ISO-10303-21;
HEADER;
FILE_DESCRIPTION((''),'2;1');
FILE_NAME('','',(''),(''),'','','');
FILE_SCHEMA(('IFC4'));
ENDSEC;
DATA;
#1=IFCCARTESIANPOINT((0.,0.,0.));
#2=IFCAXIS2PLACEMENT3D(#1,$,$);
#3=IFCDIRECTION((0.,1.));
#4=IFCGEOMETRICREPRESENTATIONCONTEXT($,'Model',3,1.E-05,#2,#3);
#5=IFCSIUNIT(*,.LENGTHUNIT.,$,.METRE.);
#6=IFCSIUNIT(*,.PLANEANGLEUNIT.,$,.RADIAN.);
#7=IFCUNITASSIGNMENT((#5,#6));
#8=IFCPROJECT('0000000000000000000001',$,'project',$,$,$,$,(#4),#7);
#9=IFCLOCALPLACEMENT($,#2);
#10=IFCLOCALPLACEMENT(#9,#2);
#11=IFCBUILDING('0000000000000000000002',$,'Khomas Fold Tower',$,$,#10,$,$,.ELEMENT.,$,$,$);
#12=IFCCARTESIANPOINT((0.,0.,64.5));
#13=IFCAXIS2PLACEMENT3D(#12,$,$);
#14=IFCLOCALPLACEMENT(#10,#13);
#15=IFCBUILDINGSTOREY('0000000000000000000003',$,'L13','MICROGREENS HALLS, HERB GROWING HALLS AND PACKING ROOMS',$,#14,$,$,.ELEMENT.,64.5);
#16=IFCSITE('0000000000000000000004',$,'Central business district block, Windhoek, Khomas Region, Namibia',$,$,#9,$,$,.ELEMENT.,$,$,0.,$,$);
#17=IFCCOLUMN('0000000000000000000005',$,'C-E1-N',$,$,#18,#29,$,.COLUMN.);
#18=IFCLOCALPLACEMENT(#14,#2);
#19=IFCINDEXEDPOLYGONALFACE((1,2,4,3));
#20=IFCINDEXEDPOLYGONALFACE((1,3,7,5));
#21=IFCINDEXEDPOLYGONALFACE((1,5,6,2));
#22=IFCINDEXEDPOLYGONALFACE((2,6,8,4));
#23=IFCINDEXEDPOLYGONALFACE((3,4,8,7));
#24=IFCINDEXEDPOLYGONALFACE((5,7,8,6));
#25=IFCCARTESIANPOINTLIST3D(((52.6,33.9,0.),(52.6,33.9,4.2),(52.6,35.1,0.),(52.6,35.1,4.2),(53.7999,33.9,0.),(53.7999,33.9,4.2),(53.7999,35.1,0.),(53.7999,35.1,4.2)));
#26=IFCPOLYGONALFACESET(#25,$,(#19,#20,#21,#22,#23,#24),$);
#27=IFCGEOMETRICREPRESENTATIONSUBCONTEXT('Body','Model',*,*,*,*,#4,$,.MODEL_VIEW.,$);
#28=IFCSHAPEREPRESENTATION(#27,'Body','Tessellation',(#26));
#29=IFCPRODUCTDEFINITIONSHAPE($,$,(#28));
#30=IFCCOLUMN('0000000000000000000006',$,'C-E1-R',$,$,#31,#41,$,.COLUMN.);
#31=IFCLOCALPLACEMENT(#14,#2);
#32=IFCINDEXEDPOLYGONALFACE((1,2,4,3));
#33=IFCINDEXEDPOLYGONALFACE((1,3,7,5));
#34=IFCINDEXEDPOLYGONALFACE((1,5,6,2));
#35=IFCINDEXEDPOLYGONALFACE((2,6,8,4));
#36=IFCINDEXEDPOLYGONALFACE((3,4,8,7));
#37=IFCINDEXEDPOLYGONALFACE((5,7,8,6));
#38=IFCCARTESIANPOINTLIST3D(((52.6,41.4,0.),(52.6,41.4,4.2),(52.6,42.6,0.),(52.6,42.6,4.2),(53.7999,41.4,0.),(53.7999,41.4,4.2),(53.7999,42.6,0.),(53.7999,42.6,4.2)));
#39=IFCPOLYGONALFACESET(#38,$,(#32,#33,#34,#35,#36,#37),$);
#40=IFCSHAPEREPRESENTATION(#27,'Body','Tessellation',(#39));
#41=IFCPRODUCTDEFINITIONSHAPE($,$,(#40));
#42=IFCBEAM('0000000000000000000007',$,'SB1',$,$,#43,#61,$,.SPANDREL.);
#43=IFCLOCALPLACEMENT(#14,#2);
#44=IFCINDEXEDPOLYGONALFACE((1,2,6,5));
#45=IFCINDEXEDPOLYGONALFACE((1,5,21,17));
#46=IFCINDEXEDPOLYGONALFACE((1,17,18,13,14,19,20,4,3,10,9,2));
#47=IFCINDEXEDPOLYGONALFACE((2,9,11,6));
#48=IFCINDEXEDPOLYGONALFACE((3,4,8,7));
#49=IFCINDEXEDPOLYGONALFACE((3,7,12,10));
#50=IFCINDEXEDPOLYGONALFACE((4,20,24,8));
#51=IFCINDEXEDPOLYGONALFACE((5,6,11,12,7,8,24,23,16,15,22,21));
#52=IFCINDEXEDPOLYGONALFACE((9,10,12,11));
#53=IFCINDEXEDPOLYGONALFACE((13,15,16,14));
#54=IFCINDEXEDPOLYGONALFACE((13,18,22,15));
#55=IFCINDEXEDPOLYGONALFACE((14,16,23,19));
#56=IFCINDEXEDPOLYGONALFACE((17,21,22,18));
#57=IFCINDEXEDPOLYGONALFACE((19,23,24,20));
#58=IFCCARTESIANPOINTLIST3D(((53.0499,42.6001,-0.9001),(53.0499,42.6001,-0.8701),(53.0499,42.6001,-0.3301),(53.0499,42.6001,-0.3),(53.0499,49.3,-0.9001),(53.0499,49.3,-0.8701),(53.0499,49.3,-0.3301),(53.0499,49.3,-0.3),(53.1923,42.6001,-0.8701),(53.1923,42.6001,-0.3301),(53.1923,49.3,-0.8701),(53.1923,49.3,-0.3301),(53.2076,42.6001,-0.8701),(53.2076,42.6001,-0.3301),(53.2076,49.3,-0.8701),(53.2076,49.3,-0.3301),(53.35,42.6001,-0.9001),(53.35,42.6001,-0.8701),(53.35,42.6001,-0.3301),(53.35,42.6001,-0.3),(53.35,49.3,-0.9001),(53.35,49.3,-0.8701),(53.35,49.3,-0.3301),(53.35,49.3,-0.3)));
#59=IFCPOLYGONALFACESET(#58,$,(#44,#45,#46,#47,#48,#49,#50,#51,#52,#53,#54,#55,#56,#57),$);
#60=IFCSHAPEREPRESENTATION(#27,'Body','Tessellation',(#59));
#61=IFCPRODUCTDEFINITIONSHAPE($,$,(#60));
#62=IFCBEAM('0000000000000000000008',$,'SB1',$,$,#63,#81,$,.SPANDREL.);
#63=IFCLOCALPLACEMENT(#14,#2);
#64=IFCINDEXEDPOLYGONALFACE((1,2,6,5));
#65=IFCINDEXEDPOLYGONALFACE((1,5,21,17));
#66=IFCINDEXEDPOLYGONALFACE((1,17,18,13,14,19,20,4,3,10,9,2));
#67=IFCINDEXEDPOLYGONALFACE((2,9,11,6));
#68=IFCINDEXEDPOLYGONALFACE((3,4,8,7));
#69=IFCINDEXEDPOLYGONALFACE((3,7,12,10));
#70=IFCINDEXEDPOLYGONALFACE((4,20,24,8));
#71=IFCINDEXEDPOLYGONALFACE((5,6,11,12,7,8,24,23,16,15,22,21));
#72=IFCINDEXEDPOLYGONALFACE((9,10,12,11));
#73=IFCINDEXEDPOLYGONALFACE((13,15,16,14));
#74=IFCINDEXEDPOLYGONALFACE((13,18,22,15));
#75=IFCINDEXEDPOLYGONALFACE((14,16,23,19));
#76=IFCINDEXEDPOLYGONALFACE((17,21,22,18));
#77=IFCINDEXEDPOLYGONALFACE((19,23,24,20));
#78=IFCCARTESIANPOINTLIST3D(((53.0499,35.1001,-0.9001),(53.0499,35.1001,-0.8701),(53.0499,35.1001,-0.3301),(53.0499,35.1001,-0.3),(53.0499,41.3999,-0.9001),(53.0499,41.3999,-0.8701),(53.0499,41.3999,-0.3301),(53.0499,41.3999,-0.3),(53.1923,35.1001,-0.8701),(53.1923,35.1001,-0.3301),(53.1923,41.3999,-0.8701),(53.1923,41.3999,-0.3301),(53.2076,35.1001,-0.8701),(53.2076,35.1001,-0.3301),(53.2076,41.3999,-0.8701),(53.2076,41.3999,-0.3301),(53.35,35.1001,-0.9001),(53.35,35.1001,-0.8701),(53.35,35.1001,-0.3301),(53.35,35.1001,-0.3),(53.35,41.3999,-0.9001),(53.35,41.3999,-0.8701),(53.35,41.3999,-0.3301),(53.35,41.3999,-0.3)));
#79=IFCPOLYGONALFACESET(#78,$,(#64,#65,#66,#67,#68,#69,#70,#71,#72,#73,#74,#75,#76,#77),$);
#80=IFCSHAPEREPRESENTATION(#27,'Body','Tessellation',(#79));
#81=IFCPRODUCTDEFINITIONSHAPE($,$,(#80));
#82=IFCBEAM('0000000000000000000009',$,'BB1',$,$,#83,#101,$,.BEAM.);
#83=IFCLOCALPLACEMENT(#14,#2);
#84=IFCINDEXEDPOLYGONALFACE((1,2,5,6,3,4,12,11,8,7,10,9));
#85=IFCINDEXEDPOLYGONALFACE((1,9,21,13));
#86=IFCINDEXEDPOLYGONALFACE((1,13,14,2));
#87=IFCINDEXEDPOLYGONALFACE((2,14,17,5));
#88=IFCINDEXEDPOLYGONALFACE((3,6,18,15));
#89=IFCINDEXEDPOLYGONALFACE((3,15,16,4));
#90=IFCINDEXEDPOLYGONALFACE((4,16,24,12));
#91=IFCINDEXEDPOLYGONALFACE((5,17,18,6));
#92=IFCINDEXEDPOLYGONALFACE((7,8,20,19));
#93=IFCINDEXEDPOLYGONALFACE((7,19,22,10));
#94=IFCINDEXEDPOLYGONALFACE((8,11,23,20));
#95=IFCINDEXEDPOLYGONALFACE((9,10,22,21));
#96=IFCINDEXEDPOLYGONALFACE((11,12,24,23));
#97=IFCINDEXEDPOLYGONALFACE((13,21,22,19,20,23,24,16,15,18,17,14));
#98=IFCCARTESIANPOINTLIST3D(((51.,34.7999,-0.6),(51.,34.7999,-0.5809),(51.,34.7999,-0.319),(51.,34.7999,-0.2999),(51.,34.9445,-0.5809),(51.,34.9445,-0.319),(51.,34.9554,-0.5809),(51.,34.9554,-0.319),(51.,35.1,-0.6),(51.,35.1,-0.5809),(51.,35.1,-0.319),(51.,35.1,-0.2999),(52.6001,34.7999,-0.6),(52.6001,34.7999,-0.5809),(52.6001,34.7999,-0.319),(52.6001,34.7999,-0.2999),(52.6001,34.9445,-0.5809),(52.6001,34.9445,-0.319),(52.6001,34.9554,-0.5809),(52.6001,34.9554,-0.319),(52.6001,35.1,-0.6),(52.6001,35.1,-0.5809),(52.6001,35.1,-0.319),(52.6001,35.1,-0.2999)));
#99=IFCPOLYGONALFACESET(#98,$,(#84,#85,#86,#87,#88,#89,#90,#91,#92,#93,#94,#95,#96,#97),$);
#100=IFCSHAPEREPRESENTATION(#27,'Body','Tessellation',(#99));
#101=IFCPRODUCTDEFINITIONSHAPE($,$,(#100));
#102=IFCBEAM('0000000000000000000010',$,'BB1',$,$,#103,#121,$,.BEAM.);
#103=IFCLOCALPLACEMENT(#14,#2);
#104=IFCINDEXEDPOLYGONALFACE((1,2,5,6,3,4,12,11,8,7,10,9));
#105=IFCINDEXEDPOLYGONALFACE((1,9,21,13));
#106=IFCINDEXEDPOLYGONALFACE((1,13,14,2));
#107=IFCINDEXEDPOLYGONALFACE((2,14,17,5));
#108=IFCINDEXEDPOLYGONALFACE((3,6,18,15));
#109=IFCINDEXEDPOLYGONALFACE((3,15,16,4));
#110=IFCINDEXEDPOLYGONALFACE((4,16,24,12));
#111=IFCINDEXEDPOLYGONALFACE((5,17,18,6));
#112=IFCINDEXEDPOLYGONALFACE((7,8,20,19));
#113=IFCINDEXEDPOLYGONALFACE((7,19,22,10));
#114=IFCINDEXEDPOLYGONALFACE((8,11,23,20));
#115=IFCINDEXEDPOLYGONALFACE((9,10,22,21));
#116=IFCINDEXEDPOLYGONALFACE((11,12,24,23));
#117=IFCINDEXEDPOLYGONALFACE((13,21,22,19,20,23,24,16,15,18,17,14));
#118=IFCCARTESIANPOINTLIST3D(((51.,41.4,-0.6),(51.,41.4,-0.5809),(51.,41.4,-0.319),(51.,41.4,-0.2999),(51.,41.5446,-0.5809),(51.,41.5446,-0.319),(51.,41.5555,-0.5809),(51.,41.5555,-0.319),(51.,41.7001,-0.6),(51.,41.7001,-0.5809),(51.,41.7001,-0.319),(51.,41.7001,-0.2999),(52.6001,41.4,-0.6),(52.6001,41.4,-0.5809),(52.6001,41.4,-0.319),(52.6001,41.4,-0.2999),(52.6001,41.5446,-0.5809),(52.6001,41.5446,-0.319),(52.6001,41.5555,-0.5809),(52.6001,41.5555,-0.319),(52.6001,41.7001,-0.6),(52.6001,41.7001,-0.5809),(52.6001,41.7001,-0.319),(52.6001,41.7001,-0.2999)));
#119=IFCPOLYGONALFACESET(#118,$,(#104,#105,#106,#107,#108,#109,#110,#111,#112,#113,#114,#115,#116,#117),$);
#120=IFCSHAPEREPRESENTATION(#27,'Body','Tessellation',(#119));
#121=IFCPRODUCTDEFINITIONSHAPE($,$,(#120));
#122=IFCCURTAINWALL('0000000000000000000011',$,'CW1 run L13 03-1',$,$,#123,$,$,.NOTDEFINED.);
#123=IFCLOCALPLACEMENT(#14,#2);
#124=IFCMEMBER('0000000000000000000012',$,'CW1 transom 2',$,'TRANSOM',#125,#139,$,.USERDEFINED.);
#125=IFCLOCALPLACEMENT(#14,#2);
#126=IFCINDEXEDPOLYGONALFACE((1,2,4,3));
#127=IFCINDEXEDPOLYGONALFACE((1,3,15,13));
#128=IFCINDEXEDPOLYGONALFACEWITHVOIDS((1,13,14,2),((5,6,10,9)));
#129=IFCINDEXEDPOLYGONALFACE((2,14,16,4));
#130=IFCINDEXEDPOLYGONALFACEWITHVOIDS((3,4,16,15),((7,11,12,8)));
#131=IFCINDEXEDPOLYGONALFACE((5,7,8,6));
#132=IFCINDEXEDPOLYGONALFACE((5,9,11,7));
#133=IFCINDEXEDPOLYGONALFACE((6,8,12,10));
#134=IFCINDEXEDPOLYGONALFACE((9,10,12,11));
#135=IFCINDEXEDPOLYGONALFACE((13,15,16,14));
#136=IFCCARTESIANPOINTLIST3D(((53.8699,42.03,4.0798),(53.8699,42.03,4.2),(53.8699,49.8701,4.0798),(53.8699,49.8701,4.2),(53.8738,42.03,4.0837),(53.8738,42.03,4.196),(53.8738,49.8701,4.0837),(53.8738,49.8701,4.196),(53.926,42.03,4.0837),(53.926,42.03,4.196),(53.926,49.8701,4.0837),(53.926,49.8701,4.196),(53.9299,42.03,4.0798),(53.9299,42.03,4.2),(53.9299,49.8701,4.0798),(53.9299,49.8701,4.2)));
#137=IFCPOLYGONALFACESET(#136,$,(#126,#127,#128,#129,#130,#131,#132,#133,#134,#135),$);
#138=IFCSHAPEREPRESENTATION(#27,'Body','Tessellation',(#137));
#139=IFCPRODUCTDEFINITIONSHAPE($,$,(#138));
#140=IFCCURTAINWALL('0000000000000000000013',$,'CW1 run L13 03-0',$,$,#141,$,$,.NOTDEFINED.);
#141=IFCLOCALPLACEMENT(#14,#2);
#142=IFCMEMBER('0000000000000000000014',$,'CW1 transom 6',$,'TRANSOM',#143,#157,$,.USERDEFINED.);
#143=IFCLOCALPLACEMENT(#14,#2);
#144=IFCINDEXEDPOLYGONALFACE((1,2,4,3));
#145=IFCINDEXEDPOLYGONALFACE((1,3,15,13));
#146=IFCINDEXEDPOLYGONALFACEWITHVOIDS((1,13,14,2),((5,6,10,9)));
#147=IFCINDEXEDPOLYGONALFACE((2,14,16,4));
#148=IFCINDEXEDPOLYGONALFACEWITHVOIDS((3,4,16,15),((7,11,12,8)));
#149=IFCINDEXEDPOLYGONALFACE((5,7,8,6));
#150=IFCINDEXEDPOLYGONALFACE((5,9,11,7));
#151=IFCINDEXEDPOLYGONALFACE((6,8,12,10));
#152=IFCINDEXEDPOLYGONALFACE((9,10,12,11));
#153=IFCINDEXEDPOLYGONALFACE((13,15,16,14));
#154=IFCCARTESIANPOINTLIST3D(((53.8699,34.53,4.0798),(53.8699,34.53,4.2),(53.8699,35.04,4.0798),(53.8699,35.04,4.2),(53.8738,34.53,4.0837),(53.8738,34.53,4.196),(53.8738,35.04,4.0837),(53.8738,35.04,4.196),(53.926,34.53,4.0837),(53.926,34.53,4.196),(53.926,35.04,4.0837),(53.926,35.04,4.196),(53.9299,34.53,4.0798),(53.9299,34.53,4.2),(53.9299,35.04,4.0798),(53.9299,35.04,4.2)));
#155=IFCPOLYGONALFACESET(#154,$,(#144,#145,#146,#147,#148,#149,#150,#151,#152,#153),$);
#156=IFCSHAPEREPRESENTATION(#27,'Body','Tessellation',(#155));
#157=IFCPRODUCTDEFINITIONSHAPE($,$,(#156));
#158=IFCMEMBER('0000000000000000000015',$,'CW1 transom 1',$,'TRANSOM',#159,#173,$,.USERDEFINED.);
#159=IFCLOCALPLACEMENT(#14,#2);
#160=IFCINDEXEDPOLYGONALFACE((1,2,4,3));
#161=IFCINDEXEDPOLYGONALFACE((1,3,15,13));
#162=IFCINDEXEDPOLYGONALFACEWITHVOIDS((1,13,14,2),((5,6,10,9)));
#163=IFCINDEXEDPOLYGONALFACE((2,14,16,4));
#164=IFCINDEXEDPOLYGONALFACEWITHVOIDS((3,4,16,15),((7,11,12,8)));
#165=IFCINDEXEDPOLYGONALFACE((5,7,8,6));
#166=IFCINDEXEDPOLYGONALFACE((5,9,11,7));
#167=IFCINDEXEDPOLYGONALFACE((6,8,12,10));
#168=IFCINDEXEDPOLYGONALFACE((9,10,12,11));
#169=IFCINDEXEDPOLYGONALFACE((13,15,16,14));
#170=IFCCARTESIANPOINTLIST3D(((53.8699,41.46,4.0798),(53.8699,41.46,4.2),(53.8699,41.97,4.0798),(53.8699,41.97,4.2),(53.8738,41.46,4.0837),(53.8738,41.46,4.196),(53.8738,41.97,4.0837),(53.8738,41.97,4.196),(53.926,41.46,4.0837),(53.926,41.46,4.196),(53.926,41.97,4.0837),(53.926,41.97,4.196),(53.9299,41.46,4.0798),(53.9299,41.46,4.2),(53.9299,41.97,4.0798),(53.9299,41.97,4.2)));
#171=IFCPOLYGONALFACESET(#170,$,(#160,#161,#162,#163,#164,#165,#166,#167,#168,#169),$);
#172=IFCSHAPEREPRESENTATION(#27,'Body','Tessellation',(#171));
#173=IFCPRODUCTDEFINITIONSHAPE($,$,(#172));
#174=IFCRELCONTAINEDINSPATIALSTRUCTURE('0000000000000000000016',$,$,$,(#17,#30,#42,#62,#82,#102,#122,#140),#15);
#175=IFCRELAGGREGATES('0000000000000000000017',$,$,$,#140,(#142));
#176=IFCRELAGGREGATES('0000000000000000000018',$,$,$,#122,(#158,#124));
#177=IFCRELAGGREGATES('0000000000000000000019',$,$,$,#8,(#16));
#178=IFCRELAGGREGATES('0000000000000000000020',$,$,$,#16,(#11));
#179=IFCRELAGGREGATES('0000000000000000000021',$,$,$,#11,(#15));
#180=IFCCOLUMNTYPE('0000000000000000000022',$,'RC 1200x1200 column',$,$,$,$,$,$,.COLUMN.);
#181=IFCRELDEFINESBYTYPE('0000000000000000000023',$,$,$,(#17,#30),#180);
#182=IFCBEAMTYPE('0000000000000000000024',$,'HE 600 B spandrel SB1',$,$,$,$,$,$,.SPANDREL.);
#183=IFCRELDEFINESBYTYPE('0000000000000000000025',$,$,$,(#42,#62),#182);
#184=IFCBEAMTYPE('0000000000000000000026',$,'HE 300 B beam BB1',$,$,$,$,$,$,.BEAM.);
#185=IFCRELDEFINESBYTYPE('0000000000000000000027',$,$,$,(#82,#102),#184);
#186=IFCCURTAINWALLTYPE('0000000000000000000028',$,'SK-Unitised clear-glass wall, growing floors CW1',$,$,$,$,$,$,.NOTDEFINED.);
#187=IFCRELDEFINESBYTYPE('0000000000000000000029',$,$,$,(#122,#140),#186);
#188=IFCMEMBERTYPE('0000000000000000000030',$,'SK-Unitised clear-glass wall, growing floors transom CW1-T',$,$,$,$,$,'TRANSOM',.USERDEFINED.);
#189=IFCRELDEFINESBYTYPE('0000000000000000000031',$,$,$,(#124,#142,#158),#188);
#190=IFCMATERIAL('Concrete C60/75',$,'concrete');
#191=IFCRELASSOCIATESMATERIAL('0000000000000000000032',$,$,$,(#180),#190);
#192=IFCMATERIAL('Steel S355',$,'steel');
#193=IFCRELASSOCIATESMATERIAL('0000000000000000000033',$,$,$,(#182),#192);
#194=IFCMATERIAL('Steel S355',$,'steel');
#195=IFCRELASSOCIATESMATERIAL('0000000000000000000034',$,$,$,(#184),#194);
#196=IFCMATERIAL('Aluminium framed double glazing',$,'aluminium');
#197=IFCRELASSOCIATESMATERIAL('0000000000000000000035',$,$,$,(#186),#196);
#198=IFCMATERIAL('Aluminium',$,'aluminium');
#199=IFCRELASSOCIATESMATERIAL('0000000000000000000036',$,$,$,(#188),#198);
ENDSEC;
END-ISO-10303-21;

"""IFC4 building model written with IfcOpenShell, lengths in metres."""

from ifc_helpers import new_model, si_unit, direction, frame, origin, origin_2d, place, context, subcontext, project, spatial, rectangle, hollow_rectangle, i_section, extrude, source, transform, mapped, material, material_profile, profile_set, type_object, element, aggregate, save


model = new_model("IFC4")

# Units and contexts
model_context = context("Model", 3, precision=1e-05, world=origin(), true_north=direction((0.0, 1.0)))
body_context = subcontext(model_context, "Body", "Model", "MODEL_VIEW")
ifc_project = project(units=[si_unit("LENGTHUNIT", "METRE"), si_unit("PLANEANGLEUNIT", "RADIAN")], contexts=[model_context])

# Site, building, storey
site_placement = place(None, origin())
site = spatial("IfcSite", under=ifc_project, at=site_placement, Name="Central business district block, Windhoek, Khomas Region, Namibia", CompositionType="ELEMENT", RefElevation=0.0)
building_placement = place(site_placement, origin())
building = spatial("IfcBuilding", under=site, at=building_placement, Name="Khomas Fold Tower", CompositionType="ELEMENT")
storey_placement = place(building_placement, frame((0.0, 0.0, 64.5)))
storey = spatial("IfcBuildingStorey", under=building, at=storey_placement, Name="L13", Description="MICROGREENS HALLS, HERB GROWING HALLS AND PACKING ROOMS", CompositionType="ELEMENT", Elevation=64.5)

# Columns
ifc_material_1 = material(Name="Concrete C60/75", Category="concrete")
ifc_material_profile_1 = material_profile(ifc_material_1, rectangle(XDim=1.2, YDim=1.2, at=origin_2d()), Name="RC 1200x1200")
ifc_profile_set_1 = profile_set([ifc_material_profile_1], Name="Concrete C60/75")
column_type = type_object("IfcColumnType", Name="RC 1200x1200 column", PredefinedType="COLUMN", material=ifc_profile_set_1)
shared_shape_1 = source(origin(), body_context, "Body", "SweptSolid", [
    extrude(rectangle(XDim=1.2, YDim=1.2, at=origin_2d()), origin(), (0.0, 0.0, 1.0), 4.2),
])
for number, where, z_axis, x_axis, name in (
    (1, (53.2, 34.5, 0.0), (0.0, 0.0, 1.0), (1.0, 0.0, 0.0), "C-E1-N"),
    (2, (53.2, 42.0, 0.0), (0.0, 0.0, 1.0), (1.0, 0.0, 0.0), "C-E1-R"),
):
    element("IfcColumn", number, at=place(storey_placement, frame(where, z_axis=z_axis, x_axis=x_axis)), inside=storey, type_object=column_type, Name=name, PredefinedType="COLUMN", context=body_context, shape_type="MappedRepresentation", body=[
        mapped(shared_shape_1, transform((0.0, 0.0, 0.0))),
    ])

# Beams
ifc_material_2 = material(Name="Steel S355", Category="steel")
ifc_material_profile_2 = material_profile(ifc_material_2, i_section(OverallWidth=0.3, OverallDepth=0.6001, WebThickness=0.0154, FlangeThickness=0.03, at=origin_2d()), Name="HE 600 B")
ifc_profile_set_2 = profile_set([ifc_material_profile_2], Name="Steel S355")
beam_type_1 = type_object("IfcBeamType", Name="HE 600 B spandrel SB1", PredefinedType="SPANDREL", material=ifc_profile_set_2)
shared_shape_2 = source(origin(), body_context, "Body", "SweptSolid", [
    extrude(i_section(OverallWidth=0.3, OverallDepth=0.6001, WebThickness=0.0154, FlangeThickness=0.03, at=origin_2d()), origin(), (0.0, 0.0, 1.0), 6.7),
])
beam_1_placement = place(storey_placement, frame((53.2, 42.6001, -0.6001), z_axis=(0.0, 1.0, 0.0), x_axis=(-1.0, 0.0, 0.0)))
element("IfcBeam", 3, at=beam_1_placement, inside=storey, type_object=beam_type_1, Name="SB1", PredefinedType="SPANDREL", context=body_context, shape_type="MappedRepresentation", body=[
    mapped(shared_shape_2, transform((0.0, 0.0, 0.0))),
])
shared_shape_3 = source(origin(), body_context, "Body", "SweptSolid", [
    extrude(i_section(OverallWidth=0.3, OverallDepth=0.6001, WebThickness=0.0154, FlangeThickness=0.03, at=origin_2d()), origin(), (0.0, 0.0, 1.0), 6.2998),
])
beam_2_placement = place(storey_placement, frame((53.2, 35.1001, -0.6001), z_axis=(0.0, 1.0, 0.0), x_axis=(-1.0, 0.0, 0.0)))
element("IfcBeam", 4, at=beam_2_placement, inside=storey, type_object=beam_type_1, Name="SB1", PredefinedType="SPANDREL", context=body_context, shape_type="MappedRepresentation", body=[
    mapped(shared_shape_3, transform((0.0, 0.0, 0.0))),
])
ifc_material_3 = material(Name="Steel S355", Category="steel")
ifc_material_profile_3 = material_profile(ifc_material_3, i_section(OverallWidth=0.3, OverallDepth=0.3, WebThickness=0.011, FlangeThickness=0.019, at=origin_2d()), Name="HE 300 B")
ifc_profile_set_3 = profile_set([ifc_material_profile_3], Name="Steel S355")
beam_type_2 = type_object("IfcBeamType", Name="HE 300 B beam BB1", PredefinedType="BEAM", material=ifc_profile_set_3)
shared_shape_4 = source(origin(), body_context, "Body", "SweptSolid", [
    extrude(i_section(OverallWidth=0.3, OverallDepth=0.3, WebThickness=0.011, FlangeThickness=0.019, at=origin_2d()), origin(), (0.0, 0.0, 1.0), 1.6001),
])
for number, where, z_axis, x_axis, name in (
    (5, (51.0, 34.95, -0.45), (1.0, 0.0, 0.0), (0.0, 1.0, 0.0), "BB1"),
    (6, (51.0, 41.55, -0.45), (1.0, 0.0, 0.0), (0.0, 1.0, 0.0), "BB1"),
):
    element("IfcBeam", number, at=place(storey_placement, frame(where, z_axis=z_axis, x_axis=x_axis)), inside=storey, type_object=beam_type_2, Name=name, PredefinedType="BEAM", context=body_context, shape_type="MappedRepresentation", body=[
        mapped(shared_shape_4, transform((0.0, 0.0, 0.0))),
    ])

# Curtain walls, members
ifc_material_4 = material(Name="Aluminium framed double glazing", Category="aluminium")
curtain_wall_type = type_object("IfcCurtainWallType", Name="SK-Unitised clear-glass wall, growing floors CW1", PredefinedType="NOTDEFINED", material=ifc_material_4)
curtain_wall_1_placement = place(storey_placement, origin())
curtain_wall_1 = element("IfcCurtainWall", 7, at=curtain_wall_1_placement, inside=storey, type_object=curtain_wall_type, Name="CW1 run L13 03-1", PredefinedType="NOTDEFINED")
ifc_material_5 = material(Name="Aluminium", Category="aluminium")
ifc_material_profile_4 = material_profile(ifc_material_5, hollow_rectangle(XDim=0.0601, YDim=0.1201, WallThickness=0.0039, at=origin_2d()), Name="SK-Unitised clear-glass wall, growing floors transom CW1-T")
ifc_profile_set_4 = profile_set([ifc_material_profile_4], Name="Aluminium")
member_type_1 = type_object("IfcMemberType", Name="SK-Unitised clear-glass wall, growing floors transom CW1-T", ElementType="TRANSOM", PredefinedType="USERDEFINED", material=ifc_profile_set_4)
shared_shape_5 = source(origin(), body_context, "Body", "SweptSolid", [
    extrude(hollow_rectangle(XDim=0.0601, YDim=0.1201, WallThickness=0.0039, at=origin_2d()), origin(), (0.0, 0.0, 1.0), 7.8401),
])
member_1_placement = place(storey_placement, frame((53.8999, 42.03, 4.1399), z_axis=(0.0, 1.0, 0.0), x_axis=(-1.0, 0.0, 0.0)))
member_1 = element("IfcMember", 8, at=member_1_placement, type_object=member_type_1, Name="CW1 transom 2", ObjectType="TRANSOM", PredefinedType="USERDEFINED", context=body_context, shape_type="MappedRepresentation", body=[
    mapped(shared_shape_5, transform((0.0, 0.0, 0.0))),
])
curtain_wall_2_placement = place(storey_placement, origin())
curtain_wall_2 = element("IfcCurtainWall", 9, at=curtain_wall_2_placement, inside=storey, type_object=curtain_wall_type, Name="CW1 run L13 03-0", PredefinedType="NOTDEFINED")
shared_shape_6 = source(origin(), body_context, "Body", "SweptSolid", [
    extrude(hollow_rectangle(XDim=0.0601, YDim=0.1201, WallThickness=0.0039, at=origin_2d()), origin(), (0.0, 0.0, 1.0), 0.51),
])
member_2_placement = place(storey_placement, frame((53.8999, 34.53, 4.1399), z_axis=(0.0, 1.0, 0.0), x_axis=(-1.0, 0.0, 0.0)))
member_2 = element("IfcMember", 10, at=member_2_placement, type_object=member_type_1, Name="CW1 transom 6", ObjectType="TRANSOM", PredefinedType="USERDEFINED", context=body_context, shape_type="MappedRepresentation", body=[
    mapped(shared_shape_6, transform((0.0, 0.0, 0.0))),
])

# Member
member_3_placement = place(storey_placement, frame((53.8999, 41.46, 4.1399), z_axis=(0.0, 1.0, 0.0), x_axis=(-1.0, 0.0, 0.0)))
member_3 = element("IfcMember", 11, at=member_3_placement, type_object=member_type_1, Name="CW1 transom 1", ObjectType="TRANSOM", PredefinedType="USERDEFINED", context=body_context, shape_type="MappedRepresentation", body=[
    mapped(shared_shape_6, transform((0.0, 0.0, 0.0))),
])

aggregate(curtain_wall_2, [member_2])
aggregate(curtain_wall_1, [member_3, member_1])

save(model, "model.ifc")
